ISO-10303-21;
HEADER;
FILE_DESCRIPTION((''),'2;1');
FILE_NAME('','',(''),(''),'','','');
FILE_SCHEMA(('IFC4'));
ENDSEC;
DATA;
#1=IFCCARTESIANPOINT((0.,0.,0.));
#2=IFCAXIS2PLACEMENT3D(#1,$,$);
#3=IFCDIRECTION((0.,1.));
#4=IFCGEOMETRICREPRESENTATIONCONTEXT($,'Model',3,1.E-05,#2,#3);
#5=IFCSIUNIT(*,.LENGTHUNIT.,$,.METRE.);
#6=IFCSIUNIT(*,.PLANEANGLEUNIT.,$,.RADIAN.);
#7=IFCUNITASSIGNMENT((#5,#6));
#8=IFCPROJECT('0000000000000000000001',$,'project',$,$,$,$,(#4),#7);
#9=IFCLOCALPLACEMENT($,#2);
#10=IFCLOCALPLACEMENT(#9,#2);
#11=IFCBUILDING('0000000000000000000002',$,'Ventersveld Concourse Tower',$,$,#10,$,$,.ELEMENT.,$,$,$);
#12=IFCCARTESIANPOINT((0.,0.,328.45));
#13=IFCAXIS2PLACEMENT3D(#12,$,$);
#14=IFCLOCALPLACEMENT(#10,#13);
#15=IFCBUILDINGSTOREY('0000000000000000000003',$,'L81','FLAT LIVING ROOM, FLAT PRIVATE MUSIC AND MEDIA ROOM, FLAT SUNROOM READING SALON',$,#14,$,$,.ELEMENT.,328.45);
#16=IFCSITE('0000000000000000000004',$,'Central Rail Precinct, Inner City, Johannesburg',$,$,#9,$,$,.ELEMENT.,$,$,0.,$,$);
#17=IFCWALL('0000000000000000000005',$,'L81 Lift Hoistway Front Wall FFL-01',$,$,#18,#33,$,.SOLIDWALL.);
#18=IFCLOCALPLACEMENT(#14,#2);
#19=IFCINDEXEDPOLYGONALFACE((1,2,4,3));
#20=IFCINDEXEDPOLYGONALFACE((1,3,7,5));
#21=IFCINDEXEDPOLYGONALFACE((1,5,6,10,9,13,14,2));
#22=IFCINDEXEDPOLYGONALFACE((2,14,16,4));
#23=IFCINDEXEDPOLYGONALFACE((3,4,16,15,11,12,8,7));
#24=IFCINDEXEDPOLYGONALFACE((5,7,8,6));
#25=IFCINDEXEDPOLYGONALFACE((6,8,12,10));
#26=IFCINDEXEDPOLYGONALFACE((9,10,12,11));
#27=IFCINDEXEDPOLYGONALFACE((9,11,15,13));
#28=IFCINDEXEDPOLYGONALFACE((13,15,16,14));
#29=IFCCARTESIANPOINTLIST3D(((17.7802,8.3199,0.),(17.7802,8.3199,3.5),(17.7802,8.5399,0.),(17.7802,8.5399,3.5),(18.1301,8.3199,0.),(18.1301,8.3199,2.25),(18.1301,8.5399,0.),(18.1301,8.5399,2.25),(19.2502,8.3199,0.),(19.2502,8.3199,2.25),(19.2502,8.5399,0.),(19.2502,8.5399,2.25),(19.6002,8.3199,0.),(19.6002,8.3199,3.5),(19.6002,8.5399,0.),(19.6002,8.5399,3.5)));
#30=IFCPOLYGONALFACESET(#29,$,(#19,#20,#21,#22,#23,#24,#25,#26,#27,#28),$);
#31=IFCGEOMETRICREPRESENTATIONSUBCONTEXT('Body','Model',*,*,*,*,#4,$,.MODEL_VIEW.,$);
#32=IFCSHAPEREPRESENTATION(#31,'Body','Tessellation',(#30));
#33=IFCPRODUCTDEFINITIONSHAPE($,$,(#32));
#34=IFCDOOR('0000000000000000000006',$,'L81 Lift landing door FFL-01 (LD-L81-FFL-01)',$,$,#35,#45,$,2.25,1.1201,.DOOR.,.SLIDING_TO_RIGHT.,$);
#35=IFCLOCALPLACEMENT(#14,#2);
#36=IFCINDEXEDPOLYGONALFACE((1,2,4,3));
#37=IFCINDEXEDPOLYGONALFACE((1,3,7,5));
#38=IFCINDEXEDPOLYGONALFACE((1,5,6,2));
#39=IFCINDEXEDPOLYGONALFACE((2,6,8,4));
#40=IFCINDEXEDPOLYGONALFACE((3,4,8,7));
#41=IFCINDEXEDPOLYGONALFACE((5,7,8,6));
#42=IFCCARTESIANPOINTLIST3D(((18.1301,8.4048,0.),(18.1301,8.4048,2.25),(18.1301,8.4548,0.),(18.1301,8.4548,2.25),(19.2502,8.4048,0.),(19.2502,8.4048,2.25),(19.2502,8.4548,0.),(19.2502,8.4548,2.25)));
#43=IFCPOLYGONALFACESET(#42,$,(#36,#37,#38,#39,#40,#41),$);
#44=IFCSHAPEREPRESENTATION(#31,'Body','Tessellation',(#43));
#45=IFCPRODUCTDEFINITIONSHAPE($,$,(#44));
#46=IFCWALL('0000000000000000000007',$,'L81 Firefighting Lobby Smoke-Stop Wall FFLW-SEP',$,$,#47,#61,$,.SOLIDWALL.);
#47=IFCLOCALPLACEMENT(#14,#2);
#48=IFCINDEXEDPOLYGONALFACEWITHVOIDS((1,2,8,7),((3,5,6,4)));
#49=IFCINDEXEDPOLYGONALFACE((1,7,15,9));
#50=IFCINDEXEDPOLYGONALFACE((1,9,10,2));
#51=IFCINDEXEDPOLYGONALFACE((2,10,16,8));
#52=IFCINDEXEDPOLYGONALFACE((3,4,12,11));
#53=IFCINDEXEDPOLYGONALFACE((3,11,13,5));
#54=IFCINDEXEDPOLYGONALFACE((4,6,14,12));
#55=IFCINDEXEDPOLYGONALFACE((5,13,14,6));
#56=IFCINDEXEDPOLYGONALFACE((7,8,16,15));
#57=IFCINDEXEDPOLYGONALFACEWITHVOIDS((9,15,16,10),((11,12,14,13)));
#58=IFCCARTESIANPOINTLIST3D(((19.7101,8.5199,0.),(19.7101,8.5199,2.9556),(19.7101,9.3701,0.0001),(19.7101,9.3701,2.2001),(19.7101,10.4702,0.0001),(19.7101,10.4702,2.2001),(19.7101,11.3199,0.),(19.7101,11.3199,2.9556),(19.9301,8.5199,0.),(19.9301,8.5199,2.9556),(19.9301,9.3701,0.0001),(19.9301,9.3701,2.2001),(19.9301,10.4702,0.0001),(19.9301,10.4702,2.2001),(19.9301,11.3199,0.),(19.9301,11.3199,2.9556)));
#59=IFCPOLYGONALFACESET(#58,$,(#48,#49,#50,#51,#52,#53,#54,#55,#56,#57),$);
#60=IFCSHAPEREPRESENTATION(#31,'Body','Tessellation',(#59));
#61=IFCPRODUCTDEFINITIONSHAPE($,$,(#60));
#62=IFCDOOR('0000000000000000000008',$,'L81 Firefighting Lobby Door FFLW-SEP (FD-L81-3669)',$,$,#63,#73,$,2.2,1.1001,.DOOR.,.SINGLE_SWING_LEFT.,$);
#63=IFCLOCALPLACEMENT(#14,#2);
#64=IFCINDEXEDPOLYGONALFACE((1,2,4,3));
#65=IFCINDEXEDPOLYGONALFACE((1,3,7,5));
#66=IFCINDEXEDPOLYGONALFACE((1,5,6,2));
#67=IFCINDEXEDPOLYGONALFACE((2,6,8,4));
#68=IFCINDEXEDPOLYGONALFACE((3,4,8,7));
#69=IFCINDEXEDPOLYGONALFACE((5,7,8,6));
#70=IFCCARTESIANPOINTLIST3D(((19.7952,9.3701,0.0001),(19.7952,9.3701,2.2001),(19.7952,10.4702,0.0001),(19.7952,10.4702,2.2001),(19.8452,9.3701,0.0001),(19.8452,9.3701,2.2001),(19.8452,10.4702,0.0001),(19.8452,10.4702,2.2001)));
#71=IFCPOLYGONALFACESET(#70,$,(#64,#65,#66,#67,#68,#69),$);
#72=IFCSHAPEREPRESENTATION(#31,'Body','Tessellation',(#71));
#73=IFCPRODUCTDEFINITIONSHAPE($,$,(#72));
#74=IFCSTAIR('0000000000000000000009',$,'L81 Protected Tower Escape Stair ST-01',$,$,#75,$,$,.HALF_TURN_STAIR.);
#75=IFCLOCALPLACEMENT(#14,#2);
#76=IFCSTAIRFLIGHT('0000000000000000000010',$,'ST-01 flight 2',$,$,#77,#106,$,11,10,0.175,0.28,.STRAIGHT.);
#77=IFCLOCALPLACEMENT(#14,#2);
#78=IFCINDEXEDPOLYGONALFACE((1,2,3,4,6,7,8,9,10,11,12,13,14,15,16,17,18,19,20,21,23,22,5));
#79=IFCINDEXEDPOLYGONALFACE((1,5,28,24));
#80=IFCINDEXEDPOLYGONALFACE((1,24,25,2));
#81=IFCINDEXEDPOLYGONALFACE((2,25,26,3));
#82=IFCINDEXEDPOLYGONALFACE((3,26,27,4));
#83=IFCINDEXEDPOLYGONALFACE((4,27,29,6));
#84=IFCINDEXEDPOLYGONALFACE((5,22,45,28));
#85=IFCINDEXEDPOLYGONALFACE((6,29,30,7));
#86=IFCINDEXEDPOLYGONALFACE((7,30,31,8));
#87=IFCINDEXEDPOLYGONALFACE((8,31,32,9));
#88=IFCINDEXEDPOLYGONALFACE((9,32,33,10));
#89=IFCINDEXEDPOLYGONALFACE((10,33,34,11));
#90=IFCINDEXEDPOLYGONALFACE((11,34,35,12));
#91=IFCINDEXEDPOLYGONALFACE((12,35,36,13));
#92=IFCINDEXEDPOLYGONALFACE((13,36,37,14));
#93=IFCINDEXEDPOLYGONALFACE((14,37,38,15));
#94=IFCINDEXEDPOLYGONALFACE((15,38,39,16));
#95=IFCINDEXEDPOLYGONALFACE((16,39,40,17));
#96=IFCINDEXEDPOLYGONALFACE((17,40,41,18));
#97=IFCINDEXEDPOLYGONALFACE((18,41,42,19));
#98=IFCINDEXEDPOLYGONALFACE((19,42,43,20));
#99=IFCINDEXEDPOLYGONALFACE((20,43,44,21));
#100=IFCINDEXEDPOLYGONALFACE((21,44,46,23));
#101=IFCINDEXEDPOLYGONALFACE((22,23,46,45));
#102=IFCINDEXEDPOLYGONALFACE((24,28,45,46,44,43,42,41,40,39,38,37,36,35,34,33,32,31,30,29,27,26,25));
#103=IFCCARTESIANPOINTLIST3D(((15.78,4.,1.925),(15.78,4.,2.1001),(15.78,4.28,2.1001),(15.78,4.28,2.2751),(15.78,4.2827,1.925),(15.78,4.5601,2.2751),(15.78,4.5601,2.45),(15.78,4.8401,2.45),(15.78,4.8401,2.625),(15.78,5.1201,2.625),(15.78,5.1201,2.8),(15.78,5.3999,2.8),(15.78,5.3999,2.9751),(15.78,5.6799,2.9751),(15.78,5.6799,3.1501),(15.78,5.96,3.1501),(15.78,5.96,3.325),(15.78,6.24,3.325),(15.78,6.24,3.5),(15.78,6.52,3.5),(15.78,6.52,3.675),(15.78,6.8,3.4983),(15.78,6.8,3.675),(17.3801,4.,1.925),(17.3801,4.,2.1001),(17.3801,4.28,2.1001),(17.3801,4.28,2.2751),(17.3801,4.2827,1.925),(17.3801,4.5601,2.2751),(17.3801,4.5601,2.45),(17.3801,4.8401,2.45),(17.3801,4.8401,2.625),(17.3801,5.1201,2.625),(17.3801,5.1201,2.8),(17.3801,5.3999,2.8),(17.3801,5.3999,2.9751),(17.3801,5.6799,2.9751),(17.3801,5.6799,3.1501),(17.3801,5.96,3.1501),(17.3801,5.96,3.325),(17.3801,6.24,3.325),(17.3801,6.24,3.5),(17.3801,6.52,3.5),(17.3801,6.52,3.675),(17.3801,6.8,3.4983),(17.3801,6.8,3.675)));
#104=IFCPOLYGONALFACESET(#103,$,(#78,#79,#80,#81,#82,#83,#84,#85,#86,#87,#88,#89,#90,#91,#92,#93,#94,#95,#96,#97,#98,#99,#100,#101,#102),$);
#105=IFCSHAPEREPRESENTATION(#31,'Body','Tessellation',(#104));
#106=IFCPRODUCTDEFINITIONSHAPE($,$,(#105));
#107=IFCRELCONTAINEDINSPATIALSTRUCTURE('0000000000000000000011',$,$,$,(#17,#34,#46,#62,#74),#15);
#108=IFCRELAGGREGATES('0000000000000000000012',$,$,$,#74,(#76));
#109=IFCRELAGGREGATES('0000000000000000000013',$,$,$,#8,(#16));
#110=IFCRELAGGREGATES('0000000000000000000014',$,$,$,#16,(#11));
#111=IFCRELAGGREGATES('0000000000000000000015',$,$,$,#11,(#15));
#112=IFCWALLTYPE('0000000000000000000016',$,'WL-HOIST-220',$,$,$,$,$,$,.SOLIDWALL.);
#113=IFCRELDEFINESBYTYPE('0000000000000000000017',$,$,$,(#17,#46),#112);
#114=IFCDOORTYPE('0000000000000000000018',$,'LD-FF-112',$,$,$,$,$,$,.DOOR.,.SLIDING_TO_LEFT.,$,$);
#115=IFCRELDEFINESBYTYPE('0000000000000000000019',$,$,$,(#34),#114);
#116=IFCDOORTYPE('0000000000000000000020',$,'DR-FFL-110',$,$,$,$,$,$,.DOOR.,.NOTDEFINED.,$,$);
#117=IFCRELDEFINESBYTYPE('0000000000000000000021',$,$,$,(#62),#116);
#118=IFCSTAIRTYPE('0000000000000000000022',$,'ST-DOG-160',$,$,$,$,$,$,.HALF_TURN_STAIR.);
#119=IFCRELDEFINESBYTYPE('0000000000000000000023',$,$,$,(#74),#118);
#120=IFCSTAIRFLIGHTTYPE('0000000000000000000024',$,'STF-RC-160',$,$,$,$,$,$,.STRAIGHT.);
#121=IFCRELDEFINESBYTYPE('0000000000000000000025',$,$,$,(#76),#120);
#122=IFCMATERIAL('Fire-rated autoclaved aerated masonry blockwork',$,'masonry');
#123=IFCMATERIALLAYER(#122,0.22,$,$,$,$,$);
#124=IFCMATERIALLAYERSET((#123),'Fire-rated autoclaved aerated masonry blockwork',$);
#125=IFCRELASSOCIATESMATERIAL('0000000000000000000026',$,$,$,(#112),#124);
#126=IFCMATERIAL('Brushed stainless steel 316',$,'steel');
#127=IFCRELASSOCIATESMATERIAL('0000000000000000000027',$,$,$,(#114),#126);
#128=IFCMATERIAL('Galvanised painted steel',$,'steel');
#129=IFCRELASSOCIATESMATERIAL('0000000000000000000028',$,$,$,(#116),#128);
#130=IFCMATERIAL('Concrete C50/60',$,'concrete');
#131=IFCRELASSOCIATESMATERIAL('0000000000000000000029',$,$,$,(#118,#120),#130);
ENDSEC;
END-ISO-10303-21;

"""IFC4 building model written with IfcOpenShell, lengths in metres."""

from ifc_helpers import new_model, si_unit, direction, frame, frame_2d, origin, place, context, subcontext, project, spatial, polyline, rectangle, outline, extrude, material, layer, layer_set, type_object, element, fill, aggregate, save


model = new_model("IFC4")

# Units and contexts
model_context = context("Model", 3, precision=1e-05, world=origin(), true_north=direction((0.0, 1.0)))
body_context = subcontext(model_context, "Body", "Model", "MODEL_VIEW")
ifc_project = project(units=[si_unit("LENGTHUNIT", "METRE"), si_unit("PLANEANGLEUNIT", "RADIAN")], contexts=[model_context])

# Site, building, storey
site_placement = place(None, origin())
site = spatial("IfcSite", under=ifc_project, at=site_placement, Name="Central Rail Precinct, Inner City, Johannesburg", CompositionType="ELEMENT", RefElevation=0.0)
building_placement = place(site_placement, origin())
building = spatial("IfcBuilding", under=site, at=building_placement, Name="Ventersveld Concourse Tower", CompositionType="ELEMENT")
storey_placement = place(building_placement, frame((0.0, 0.0, 328.45)))
storey = spatial("IfcBuildingStorey", under=building, at=storey_placement, Name="L81", Description="FLAT LIVING ROOM, FLAT PRIVATE MUSIC AND MEDIA ROOM, FLAT SUNROOM READING SALON", CompositionType="ELEMENT", Elevation=328.45)

# Shared definitions
ifc_material_1 = material(Name="Concrete C50/60", Category="concrete")

# Shared definitions
ifc_material_2 = material(Name="Fire-rated autoclaved aerated masonry blockwork", Category="masonry")
ifc_layer_1 = layer(ifc_material_2, 0.22)
ifc_layer_set_1 = layer_set([ifc_layer_1], Name="Fire-rated autoclaved aerated masonry blockwork")
wall_type_1 = type_object("IfcWallType", Name="WL-HOIST-220", PredefinedType="SOLIDWALL", material=ifc_layer_set_1)

# Walls, openings, doors
wall_1_placement = place(storey_placement, frame((17.78, 8.4299, 0.0), z_axis=(0.0, 0.0, 1.0), x_axis=(1.0, 0.0, 0.0)))
wall_1 = element("IfcWall", 1, at=wall_1_placement, inside=storey, type_object=wall_type_1, Name="L81 Lift Hoistway Front Wall FFL-01", PredefinedType="SOLIDWALL", context=body_context, shape_type="SweptSolid", body=[
    extrude(rectangle(XDim=1.8201, YDim=0.22, at=frame_2d((0.9102, 0.0))), origin(), (0.0, 0.0, 1.0), 3.5),
])
opening_1_placement = place(wall_1_placement, frame((0.3501, 0.0, 0.0)))
opening_1 = element("IfcOpeningElement", 2, at=opening_1_placement, cuts=wall_1, PredefinedType="OPENING", context=body_context, shape_type="SweptSolid", body=[
    extrude(rectangle(XDim=1.1201, YDim=2.25, at=frame_2d((0.5601, 1.125))), frame((0.0, 0.1201, 0.0), z_axis=(0.0, -1.0, 0.0), x_axis=(1.0, 0.0, 0.0)), (0.0, 0.0, 1.0), 0.24),
])
ifc_material_3 = material(Name="Brushed stainless steel 316", Category="steel")
door_type_1 = type_object("IfcDoorType", Name="LD-FF-112", OperationType="SLIDING_TO_LEFT", PredefinedType="DOOR", material=ifc_material_3)
door_1_placement = place(opening_1_placement, origin())
door_1 = element("IfcDoor", 3, at=door_1_placement, inside=storey, type_object=door_type_1, Name="L81 Lift landing door FFL-01 (LD-L81-FFL-01)", OperationType="SLIDING_TO_RIGHT", OverallHeight=2.25, OverallWidth=1.1201, PredefinedType="DOOR", context=body_context, shape_type="SweptSolid", body=[
    extrude(rectangle(XDim=1.1201, YDim=2.25, at=frame_2d((0.5601, 1.125))), frame((0.0, 0.0249, 0.0), z_axis=(0.0, -1.0, 0.0), x_axis=(1.0, 0.0, 0.0)), (0.0, 0.0, 1.0), 0.05),
])
fill(opening_1, door_1)
wall_2_placement = place(storey_placement, frame((19.8201, 8.52, 0.0), z_axis=(0.0, 0.0, 1.0), x_axis=(0.0, 1.0, 0.0)))
wall_2 = element("IfcWall", 4, at=wall_2_placement, inside=storey, type_object=wall_type_1, Name="L81 Firefighting Lobby Smoke-Stop Wall FFLW-SEP", PredefinedType="SOLIDWALL", context=body_context, shape_type="SweptSolid", body=[
    extrude(rectangle(XDim=2.8, YDim=0.22, at=frame_2d((1.3999, 0.0))), origin(), (0.0, 0.0, 1.0), 2.9556),
])
opening_2_placement = place(wall_2_placement, frame((0.8501, 0.0, 0.0)))
opening_2 = element("IfcOpeningElement", 5, at=opening_2_placement, cuts=wall_2, PredefinedType="OPENING", context=body_context, shape_type="SweptSolid", body=[
    extrude(rectangle(XDim=1.1001, YDim=2.2, at=frame_2d((0.55, 1.1001))), frame((0.0, 0.1201, 0.0), z_axis=(0.0, -1.0, 0.0), x_axis=(1.0, 0.0, 0.0)), (0.0, 0.0, 1.0), 0.24),
])
ifc_material_4 = material(Name="Galvanised painted steel", Category="steel")
door_type_2 = type_object("IfcDoorType", Name="DR-FFL-110", OperationType="NOTDEFINED", PredefinedType="DOOR", material=ifc_material_4)
door_2_placement = place(opening_2_placement, origin())
door_2 = element("IfcDoor", 6, at=door_2_placement, inside=storey, type_object=door_type_2, Name="L81 Firefighting Lobby Door FFLW-SEP (FD-L81-3669)", OperationType="SINGLE_SWING_LEFT", OverallHeight=2.2, OverallWidth=1.1001, PredefinedType="DOOR", context=body_context, shape_type="SweptSolid", body=[
    extrude(rectangle(XDim=1.1001, YDim=2.2, at=frame_2d((0.55, 1.1001))), frame((0.0, 0.0249, 0.0), z_axis=(0.0, -1.0, 0.0), x_axis=(1.0, 0.0, 0.0)), (0.0, 0.0, 1.0), 0.05),
])
fill(opening_2, door_2)

# Stair, stair flight
stair_type = type_object("IfcStairType", Name="ST-DOG-160", PredefinedType="HALF_TURN_STAIR", material=ifc_material_1)
stair_placement = place(storey_placement, origin())
stair = element("IfcStair", 7, at=stair_placement, inside=storey, type_object=stair_type, Name="L81 Protected Tower Escape Stair ST-01", PredefinedType="HALF_TURN_STAIR")
stair_flight_type = type_object("IfcStairFlightType", Name="STF-RC-160", PredefinedType="STRAIGHT", material=ifc_material_1)
stair_flight_placement = place(storey_placement, frame((16.5801, 4.0, 1.925), z_axis=(0.0, 0.0, 1.0), x_axis=(0.0, 1.0, 0.0)))
stair_flight = element("IfcStairFlight", 8, at=stair_flight_placement, type_object=stair_flight_type, Name="ST-01 flight 2", NumberOfRisers=11, NumberOfTreads=10, PredefinedType="STRAIGHT", RiserHeight=0.175, TreadLength=0.28, context=body_context, shape_type="SweptSolid", body=[
    extrude(outline(polyline([(0.0, 0.0), (0.0, 0.175), (0.28, 0.175), (0.28, 0.3501), (0.5601, 0.3501), (0.5601, 0.5249), (0.8401, 0.5249), (0.8401, 0.7), (1.1201, 0.7), (1.1201, 0.875), (1.3999, 0.875), (1.3999, 1.05), (1.6799, 1.05), (1.6799, 1.2251), (1.96, 1.2251), (1.96, 1.3999), (2.24, 1.3999), (2.24, 1.575), (2.52, 1.575), (2.52, 1.75), (2.8, 1.75), (2.8, 1.925), (2.8, 1.5732), (0.2827, 0.0), (0.0, 0.0)])), frame((0.0, 0.8, 0.0), z_axis=(0.0, -1.0, 0.0), x_axis=(1.0, 0.0, 0.0)), (0.0, 0.0, 1.0), 1.6001),
])
aggregate(stair, [stair_flight])

save(model, "model.ifc")
